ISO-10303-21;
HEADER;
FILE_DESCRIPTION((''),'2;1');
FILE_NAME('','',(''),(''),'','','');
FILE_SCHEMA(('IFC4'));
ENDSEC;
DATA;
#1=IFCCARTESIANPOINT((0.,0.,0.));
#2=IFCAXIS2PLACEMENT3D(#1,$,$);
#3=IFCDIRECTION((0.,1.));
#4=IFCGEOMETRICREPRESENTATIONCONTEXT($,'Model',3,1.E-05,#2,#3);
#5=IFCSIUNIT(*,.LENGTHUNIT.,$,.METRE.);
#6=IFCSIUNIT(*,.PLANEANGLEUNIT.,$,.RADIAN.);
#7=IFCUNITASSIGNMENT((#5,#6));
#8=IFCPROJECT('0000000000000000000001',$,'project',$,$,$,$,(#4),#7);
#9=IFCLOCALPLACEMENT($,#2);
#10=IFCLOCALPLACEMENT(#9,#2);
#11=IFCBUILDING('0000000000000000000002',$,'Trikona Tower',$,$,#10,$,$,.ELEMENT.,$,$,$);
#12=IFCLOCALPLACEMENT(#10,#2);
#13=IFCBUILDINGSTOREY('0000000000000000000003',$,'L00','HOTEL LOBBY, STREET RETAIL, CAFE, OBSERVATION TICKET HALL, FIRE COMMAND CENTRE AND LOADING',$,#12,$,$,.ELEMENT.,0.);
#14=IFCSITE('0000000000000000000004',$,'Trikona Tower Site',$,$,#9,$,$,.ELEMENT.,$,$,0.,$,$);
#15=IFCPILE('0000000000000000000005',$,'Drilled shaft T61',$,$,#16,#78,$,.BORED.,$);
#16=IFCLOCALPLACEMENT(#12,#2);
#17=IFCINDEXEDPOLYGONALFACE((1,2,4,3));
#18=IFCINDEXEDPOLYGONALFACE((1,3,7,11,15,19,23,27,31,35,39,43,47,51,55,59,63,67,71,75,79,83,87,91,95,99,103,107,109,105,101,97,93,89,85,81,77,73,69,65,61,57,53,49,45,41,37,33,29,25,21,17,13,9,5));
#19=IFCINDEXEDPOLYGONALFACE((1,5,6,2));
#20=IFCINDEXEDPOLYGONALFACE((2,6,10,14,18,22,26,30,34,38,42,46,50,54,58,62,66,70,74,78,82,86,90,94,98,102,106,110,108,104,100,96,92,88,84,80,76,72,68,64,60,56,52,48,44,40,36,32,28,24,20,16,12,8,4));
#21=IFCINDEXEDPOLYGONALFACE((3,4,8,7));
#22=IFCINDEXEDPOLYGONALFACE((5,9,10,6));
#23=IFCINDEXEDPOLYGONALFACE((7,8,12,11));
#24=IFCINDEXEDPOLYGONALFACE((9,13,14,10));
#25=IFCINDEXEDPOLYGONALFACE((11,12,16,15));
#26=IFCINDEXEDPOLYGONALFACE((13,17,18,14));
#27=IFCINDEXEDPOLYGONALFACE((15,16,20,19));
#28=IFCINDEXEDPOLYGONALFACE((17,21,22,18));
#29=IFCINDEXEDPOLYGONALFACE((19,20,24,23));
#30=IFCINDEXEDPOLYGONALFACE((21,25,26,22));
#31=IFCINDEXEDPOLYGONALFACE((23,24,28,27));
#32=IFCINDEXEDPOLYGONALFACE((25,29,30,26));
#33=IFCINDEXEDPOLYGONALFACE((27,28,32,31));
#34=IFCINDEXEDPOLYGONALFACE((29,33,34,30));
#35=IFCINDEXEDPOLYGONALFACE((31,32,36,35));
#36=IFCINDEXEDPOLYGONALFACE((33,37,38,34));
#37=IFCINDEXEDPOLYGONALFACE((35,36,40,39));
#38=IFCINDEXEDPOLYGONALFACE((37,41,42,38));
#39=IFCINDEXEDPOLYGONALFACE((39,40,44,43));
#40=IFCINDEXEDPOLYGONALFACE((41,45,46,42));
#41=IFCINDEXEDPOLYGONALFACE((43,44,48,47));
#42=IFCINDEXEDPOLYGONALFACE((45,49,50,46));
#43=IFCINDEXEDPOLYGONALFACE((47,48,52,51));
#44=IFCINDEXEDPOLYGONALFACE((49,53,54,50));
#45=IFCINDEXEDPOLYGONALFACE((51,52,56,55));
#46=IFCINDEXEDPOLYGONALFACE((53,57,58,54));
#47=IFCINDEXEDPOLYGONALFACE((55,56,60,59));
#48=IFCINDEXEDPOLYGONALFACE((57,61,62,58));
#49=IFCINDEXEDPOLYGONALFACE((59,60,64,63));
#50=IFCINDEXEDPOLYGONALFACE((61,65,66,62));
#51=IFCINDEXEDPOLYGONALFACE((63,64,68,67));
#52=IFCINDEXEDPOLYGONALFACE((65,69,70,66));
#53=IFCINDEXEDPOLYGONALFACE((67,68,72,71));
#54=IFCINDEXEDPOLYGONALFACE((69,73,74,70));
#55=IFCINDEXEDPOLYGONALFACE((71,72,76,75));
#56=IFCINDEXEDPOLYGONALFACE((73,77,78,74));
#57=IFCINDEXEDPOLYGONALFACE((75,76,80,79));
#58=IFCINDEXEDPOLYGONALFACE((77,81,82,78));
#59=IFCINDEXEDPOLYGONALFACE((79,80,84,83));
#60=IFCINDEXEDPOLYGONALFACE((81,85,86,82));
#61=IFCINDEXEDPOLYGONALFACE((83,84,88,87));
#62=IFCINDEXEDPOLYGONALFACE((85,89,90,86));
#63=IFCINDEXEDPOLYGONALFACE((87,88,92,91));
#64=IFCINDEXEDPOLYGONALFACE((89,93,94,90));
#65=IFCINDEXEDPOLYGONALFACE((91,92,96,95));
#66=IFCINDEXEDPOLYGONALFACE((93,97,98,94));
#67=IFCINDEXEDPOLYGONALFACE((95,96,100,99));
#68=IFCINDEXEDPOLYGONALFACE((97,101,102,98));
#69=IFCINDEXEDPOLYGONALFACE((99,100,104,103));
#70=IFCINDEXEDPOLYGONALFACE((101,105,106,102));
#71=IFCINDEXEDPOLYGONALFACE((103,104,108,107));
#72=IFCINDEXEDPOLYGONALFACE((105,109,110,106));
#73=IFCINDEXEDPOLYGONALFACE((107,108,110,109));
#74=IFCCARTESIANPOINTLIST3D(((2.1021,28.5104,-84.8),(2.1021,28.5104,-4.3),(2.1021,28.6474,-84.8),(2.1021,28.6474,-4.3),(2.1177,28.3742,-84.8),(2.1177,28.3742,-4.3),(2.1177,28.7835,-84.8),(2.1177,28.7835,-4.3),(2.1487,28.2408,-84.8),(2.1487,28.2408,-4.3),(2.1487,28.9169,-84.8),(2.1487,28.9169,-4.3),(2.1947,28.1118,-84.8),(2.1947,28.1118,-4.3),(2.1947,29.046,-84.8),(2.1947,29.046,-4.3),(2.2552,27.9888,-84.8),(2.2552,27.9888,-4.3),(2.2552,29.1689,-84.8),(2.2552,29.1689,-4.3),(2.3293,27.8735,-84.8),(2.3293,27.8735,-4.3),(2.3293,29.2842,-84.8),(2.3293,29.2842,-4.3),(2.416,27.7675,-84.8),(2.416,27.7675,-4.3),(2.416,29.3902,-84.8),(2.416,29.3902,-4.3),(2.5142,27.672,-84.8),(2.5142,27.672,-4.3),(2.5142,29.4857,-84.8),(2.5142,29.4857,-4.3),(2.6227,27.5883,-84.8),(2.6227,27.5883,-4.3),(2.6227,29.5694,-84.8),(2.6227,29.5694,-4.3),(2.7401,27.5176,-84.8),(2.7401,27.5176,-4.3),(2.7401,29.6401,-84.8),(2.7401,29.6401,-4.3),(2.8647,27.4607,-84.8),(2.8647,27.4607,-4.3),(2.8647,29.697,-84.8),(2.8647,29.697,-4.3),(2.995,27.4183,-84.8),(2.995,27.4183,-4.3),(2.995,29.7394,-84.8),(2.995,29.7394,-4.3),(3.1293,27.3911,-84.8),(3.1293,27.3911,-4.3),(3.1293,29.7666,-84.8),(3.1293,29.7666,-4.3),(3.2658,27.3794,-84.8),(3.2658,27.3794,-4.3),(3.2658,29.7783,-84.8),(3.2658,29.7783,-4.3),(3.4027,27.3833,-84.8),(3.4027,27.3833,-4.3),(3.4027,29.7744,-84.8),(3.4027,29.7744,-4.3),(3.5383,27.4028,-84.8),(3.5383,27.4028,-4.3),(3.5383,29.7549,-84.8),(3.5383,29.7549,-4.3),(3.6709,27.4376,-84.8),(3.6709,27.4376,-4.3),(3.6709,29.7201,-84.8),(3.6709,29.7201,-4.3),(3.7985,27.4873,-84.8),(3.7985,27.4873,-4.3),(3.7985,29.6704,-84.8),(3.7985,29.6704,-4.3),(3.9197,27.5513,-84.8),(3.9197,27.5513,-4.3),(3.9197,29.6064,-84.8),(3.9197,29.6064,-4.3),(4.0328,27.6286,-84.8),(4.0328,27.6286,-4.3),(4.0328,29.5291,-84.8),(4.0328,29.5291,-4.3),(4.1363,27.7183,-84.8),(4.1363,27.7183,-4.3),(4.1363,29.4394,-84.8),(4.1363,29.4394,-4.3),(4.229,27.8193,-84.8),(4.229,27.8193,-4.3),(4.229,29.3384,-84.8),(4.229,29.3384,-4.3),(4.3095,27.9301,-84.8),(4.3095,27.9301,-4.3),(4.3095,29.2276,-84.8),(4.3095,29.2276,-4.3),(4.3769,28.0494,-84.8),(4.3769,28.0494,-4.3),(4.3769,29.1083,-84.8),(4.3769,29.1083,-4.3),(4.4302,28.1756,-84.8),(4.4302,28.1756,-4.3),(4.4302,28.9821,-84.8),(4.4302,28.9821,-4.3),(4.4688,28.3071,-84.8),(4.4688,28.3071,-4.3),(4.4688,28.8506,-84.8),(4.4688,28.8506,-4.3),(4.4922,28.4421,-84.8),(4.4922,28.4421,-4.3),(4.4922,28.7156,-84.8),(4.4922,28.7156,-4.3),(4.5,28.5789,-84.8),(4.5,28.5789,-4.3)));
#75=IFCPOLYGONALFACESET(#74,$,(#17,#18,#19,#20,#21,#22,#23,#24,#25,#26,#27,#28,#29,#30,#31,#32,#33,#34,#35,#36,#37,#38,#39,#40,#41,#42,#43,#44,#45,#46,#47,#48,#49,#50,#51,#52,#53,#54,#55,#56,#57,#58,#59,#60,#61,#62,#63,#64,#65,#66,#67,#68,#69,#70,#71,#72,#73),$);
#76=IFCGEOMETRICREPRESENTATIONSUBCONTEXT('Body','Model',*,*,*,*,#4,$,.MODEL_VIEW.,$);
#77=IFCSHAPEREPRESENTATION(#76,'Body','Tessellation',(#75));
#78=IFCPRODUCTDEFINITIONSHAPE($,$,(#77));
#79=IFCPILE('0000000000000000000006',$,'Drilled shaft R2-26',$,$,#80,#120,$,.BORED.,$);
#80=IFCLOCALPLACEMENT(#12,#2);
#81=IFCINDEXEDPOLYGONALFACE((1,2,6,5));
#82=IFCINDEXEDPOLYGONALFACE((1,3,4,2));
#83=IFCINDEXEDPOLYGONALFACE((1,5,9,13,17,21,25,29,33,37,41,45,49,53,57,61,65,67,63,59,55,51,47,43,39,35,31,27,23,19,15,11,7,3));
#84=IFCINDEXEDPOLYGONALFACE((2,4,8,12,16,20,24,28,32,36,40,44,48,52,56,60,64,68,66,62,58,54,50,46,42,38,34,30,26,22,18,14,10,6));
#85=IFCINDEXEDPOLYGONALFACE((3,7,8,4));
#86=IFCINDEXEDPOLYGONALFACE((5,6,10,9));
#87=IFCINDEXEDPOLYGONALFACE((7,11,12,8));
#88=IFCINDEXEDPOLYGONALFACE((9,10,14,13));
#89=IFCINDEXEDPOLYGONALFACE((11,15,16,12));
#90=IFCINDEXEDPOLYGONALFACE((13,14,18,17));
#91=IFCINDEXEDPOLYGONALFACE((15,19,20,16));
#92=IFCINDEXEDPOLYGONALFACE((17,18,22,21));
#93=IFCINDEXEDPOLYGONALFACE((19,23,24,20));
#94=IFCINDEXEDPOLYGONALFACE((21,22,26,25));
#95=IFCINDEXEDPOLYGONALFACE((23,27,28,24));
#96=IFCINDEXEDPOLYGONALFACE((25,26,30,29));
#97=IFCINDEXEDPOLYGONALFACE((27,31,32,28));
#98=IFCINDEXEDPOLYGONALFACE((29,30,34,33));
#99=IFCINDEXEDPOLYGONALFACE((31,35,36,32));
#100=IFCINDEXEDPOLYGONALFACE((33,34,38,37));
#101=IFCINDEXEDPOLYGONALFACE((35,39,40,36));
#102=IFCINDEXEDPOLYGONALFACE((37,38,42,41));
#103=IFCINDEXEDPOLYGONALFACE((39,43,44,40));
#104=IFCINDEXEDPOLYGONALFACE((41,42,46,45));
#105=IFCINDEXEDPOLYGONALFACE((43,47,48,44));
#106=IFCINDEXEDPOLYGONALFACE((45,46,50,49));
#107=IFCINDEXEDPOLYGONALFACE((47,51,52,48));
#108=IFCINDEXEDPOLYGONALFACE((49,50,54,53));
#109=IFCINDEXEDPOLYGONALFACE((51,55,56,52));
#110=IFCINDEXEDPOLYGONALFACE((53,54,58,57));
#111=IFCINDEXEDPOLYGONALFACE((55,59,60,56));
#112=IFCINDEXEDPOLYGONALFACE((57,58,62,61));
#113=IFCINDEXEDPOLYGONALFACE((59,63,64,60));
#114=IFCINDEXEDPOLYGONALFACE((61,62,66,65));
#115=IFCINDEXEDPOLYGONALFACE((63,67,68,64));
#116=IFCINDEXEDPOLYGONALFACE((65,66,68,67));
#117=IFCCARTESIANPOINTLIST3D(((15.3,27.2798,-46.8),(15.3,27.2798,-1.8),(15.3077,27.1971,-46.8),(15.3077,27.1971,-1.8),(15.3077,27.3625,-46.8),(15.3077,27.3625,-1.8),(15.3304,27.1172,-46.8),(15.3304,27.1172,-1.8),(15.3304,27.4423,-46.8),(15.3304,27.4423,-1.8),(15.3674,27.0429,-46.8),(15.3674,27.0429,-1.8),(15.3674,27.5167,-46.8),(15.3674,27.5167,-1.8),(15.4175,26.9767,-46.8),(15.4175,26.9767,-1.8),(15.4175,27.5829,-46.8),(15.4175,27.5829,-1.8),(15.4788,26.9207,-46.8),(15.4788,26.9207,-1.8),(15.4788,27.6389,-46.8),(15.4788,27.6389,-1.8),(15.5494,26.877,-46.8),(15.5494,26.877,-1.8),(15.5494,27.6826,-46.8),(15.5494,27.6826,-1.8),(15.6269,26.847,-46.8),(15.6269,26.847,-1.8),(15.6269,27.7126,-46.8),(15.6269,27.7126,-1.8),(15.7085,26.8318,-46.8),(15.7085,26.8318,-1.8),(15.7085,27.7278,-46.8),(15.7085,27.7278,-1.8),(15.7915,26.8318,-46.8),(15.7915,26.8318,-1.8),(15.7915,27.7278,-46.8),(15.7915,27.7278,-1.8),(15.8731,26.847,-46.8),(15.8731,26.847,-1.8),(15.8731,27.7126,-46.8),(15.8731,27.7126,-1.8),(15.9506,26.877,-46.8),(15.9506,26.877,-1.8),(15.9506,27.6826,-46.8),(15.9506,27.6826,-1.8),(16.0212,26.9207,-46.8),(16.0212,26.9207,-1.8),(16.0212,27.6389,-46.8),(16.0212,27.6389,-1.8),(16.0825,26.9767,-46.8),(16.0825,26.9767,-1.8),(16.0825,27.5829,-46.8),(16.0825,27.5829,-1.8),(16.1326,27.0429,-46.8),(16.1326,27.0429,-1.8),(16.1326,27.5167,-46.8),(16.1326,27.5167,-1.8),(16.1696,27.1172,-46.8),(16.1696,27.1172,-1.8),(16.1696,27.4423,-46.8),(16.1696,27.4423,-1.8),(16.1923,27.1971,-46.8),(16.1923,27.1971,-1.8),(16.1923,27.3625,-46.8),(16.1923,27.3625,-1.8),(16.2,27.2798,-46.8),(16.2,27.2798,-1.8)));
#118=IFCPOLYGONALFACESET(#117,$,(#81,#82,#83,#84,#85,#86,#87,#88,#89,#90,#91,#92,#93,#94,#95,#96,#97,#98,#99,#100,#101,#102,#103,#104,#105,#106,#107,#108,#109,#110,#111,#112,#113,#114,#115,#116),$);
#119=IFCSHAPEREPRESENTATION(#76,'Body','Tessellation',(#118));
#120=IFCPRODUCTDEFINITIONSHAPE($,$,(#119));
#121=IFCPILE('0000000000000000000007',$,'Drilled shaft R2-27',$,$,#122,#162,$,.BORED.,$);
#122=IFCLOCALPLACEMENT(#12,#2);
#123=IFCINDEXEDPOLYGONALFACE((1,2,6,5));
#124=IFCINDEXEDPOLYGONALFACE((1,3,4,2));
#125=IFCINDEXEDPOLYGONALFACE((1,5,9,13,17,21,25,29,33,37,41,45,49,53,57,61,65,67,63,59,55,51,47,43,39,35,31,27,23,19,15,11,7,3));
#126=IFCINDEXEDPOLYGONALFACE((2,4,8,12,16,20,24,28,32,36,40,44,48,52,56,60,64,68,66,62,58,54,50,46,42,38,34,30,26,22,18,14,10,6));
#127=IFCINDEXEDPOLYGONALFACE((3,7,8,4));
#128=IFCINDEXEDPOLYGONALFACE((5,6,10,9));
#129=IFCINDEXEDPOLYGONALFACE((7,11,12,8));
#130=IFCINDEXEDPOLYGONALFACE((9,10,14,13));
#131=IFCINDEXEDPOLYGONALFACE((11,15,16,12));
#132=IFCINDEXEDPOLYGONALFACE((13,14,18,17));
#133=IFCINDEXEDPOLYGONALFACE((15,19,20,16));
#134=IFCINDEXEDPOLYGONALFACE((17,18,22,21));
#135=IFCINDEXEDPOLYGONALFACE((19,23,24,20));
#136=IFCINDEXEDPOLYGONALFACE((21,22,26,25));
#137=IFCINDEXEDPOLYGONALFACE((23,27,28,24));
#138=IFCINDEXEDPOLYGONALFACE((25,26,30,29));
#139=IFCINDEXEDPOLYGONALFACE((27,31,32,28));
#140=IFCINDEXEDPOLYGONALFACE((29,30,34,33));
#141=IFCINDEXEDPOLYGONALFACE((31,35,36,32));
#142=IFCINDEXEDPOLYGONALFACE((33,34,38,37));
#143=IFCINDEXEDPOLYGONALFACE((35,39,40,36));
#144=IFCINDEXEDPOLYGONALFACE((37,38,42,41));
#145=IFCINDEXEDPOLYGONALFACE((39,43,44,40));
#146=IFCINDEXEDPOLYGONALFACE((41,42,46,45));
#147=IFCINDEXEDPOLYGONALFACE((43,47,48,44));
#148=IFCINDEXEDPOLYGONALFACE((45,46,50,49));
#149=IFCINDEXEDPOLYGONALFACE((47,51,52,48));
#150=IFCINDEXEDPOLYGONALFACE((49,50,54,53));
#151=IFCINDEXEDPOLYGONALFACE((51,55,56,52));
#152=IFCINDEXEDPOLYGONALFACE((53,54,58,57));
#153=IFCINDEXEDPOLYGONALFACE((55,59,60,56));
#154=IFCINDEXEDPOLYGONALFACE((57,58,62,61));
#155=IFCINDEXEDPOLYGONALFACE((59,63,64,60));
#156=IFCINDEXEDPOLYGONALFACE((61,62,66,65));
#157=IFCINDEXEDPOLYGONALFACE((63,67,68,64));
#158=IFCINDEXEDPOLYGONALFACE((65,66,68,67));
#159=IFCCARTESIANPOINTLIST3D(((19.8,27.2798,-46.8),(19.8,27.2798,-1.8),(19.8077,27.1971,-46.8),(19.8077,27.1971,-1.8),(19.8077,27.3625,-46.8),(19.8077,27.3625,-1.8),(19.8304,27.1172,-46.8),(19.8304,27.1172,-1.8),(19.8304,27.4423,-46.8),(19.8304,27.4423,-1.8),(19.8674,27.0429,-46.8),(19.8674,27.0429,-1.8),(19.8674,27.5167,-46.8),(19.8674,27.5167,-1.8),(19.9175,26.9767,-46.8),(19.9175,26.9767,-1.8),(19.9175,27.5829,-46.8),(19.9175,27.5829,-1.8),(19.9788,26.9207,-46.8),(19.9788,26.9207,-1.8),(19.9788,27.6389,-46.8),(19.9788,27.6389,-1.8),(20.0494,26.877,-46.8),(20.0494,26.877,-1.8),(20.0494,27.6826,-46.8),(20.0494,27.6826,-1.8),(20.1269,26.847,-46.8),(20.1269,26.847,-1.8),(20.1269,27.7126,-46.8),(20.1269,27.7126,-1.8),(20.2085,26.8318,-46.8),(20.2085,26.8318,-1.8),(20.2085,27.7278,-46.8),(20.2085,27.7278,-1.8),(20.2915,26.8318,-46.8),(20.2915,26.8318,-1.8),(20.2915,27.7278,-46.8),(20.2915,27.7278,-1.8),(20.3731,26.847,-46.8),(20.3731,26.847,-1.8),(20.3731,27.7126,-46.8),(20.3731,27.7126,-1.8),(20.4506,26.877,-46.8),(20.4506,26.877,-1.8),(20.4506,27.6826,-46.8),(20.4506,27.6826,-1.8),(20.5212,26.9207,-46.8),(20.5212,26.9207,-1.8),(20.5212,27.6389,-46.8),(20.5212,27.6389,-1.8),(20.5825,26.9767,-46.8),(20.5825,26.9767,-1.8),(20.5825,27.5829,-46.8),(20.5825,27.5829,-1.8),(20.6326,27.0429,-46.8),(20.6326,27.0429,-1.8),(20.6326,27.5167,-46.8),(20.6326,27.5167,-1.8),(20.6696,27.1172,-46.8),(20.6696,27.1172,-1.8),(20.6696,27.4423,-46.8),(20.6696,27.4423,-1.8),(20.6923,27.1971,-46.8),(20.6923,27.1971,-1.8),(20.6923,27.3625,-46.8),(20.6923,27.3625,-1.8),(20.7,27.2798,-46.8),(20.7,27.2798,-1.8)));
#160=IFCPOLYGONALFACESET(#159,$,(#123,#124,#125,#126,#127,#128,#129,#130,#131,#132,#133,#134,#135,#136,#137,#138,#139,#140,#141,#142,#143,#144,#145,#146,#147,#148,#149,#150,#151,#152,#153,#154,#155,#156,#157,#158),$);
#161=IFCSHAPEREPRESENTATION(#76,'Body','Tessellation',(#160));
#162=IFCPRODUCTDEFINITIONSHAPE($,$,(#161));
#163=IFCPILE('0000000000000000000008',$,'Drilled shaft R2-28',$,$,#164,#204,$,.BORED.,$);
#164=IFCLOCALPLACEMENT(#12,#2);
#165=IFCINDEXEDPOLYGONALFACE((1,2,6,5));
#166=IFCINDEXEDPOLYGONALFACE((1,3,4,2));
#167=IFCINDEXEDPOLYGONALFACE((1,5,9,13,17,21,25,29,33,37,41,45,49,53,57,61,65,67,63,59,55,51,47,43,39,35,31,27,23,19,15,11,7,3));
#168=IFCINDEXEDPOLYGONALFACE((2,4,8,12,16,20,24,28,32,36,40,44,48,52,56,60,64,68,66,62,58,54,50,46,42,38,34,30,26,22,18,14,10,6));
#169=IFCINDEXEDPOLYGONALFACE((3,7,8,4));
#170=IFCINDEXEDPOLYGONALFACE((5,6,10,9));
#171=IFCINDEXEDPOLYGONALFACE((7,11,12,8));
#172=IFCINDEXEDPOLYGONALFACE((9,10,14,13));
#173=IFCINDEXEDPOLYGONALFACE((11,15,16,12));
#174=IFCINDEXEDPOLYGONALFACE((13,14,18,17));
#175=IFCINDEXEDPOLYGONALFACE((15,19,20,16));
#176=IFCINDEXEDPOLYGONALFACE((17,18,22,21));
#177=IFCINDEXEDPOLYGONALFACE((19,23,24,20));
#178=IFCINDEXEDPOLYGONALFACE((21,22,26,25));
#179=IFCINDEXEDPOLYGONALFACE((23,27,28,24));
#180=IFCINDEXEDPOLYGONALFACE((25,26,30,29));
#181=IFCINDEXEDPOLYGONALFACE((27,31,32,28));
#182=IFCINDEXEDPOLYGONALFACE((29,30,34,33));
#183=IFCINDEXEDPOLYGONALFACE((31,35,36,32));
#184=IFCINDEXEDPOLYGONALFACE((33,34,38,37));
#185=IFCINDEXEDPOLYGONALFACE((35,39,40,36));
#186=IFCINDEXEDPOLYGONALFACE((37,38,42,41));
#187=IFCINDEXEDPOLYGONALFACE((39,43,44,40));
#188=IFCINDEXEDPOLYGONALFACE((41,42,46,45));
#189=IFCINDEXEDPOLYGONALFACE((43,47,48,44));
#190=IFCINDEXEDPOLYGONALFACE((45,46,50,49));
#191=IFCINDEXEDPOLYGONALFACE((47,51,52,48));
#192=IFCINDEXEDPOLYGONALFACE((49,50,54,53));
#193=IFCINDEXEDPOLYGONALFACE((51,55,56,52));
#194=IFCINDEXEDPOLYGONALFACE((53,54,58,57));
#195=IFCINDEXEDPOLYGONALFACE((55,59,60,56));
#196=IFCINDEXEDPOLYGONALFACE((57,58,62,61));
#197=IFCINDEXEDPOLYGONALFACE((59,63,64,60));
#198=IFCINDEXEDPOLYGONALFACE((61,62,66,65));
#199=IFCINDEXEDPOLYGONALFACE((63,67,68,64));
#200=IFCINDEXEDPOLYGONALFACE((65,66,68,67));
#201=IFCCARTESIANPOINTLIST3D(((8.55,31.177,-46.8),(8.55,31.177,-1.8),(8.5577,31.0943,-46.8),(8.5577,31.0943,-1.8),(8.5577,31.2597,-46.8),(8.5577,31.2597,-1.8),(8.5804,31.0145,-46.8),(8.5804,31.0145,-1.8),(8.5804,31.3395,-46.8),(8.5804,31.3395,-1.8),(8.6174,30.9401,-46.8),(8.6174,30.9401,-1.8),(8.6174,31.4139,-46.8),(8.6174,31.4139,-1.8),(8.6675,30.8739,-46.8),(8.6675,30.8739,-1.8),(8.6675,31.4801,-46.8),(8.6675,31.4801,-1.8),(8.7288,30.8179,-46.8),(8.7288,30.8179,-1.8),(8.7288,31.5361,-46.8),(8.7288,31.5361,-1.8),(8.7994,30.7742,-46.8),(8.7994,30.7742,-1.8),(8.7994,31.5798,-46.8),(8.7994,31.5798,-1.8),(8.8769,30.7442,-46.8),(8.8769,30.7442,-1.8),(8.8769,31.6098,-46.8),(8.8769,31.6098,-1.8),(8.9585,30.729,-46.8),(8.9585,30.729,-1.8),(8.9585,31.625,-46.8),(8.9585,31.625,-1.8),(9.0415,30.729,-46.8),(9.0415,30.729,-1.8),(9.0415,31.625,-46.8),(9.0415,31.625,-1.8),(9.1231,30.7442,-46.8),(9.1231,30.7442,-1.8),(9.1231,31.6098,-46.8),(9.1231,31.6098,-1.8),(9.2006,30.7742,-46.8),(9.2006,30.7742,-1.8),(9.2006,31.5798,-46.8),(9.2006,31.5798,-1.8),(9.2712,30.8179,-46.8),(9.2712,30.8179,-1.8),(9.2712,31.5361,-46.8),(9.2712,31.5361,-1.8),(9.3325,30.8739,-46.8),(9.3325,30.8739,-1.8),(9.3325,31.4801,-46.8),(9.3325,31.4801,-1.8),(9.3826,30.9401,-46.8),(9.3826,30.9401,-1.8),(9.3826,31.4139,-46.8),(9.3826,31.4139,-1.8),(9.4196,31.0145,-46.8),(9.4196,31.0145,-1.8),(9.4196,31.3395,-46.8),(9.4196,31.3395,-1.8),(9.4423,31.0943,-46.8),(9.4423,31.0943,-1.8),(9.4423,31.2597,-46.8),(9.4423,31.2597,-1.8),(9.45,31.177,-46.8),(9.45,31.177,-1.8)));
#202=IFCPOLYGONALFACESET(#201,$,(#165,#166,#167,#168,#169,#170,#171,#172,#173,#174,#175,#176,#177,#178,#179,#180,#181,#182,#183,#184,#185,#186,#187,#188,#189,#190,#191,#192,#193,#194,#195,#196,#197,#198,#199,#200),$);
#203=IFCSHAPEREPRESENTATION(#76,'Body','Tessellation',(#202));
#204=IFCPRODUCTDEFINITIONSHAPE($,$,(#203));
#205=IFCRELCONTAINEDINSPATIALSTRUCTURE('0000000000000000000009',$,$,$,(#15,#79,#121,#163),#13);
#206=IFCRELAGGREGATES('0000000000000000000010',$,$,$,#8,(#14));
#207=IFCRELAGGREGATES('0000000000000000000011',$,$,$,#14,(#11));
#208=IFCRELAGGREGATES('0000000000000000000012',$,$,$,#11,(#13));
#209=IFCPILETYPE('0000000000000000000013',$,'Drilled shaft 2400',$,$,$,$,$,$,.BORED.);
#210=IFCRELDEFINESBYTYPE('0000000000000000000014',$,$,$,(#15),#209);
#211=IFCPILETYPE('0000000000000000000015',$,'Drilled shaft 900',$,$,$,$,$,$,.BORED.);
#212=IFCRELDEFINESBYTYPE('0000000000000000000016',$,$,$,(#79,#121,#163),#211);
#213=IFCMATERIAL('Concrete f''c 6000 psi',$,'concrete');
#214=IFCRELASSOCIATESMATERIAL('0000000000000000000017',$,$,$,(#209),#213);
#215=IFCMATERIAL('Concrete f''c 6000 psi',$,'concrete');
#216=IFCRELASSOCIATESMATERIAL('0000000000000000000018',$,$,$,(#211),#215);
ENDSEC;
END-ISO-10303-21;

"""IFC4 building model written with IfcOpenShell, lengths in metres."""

from ifc_helpers import new_model, si_unit, direction, frame, origin, origin_2d, place, context, subcontext, project, spatial, circle, extrude, material, type_object, element, save


model = new_model("IFC4")

# Units and contexts
model_context = context("Model", 3, precision=1e-05, world=origin(), true_north=direction((0.0, 1.0)))
body_context = subcontext(model_context, "Body", "Model", "MODEL_VIEW")
ifc_project = project(units=[si_unit("LENGTHUNIT", "METRE"), si_unit("PLANEANGLEUNIT", "RADIAN")], contexts=[model_context])

# Site, building, storey
site_placement = place(None, origin())
site = spatial("IfcSite", under=ifc_project, at=site_placement, Name="Trikona Tower Site", CompositionType="ELEMENT", RefElevation=0.0)
building_placement = place(site_placement, origin())
building = spatial("IfcBuilding", under=site, at=building_placement, Name="Trikona Tower", CompositionType="ELEMENT")
storey_placement = place(building_placement, origin())
storey = spatial("IfcBuildingStorey", under=building, at=storey_placement, Name="L00", Description="HOTEL LOBBY, STREET RETAIL, CAFE, OBSERVATION TICKET HALL, FIRE COMMAND CENTRE AND LOADING", CompositionType="ELEMENT", Elevation=0.0)

# Piles
ifc_material_1 = material(Name="Concrete f'c 6000 psi", Category="concrete")
pile_type_1 = type_object("IfcPileType", Name="Drilled shaft 2400", PredefinedType="BORED", material=ifc_material_1)
pile_placement = place(storey_placement, frame((3.3, 28.5789, -4.3), z_axis=(0.0, 0.0, -1.0), x_axis=(1.0, 0.0, 0.0)))
element("IfcPile", 1, at=pile_placement, inside=storey, type_object=pile_type_1, Name="Drilled shaft T61", PredefinedType="BORED", context=body_context, shape_type="SweptSolid", body=[
    extrude(circle(Radius=1.2, at=origin_2d()), origin(), (0.0, 0.0, 1.0), 80.5),
])
ifc_material_2 = material(Name="Concrete f'c 6000 psi", Category="concrete")
pile_type_2 = type_object("IfcPileType", Name="Drilled shaft 900", PredefinedType="BORED", material=ifc_material_2)
for number, where, z_axis, x_axis, name in (
    (2, (15.75, 27.2798, -1.8), (0.0, 0.0, -1.0), (1.0, 0.0, 0.0), "Drilled shaft R2-26"),
    (3, (20.25, 27.2798, -1.8), (0.0, 0.0, -1.0), (1.0, 0.0, 0.0), "Drilled shaft R2-27"),
    (4, (9.0, 31.177, -1.8), (0.0, 0.0, -1.0), (1.0, 0.0, 0.0), "Drilled shaft R2-28"),
):
    element("IfcPile", number, at=place(storey_placement, frame(where, z_axis=z_axis, x_axis=x_axis)), inside=storey, type_object=pile_type_2, Name=name, PredefinedType="BORED", context=body_context, shape_type="SweptSolid", body=[
        extrude(circle(Radius=0.45, at=origin_2d()), origin(), (0.0, 0.0, 1.0), 45.0),
    ])

save(model, "model.ifc")
